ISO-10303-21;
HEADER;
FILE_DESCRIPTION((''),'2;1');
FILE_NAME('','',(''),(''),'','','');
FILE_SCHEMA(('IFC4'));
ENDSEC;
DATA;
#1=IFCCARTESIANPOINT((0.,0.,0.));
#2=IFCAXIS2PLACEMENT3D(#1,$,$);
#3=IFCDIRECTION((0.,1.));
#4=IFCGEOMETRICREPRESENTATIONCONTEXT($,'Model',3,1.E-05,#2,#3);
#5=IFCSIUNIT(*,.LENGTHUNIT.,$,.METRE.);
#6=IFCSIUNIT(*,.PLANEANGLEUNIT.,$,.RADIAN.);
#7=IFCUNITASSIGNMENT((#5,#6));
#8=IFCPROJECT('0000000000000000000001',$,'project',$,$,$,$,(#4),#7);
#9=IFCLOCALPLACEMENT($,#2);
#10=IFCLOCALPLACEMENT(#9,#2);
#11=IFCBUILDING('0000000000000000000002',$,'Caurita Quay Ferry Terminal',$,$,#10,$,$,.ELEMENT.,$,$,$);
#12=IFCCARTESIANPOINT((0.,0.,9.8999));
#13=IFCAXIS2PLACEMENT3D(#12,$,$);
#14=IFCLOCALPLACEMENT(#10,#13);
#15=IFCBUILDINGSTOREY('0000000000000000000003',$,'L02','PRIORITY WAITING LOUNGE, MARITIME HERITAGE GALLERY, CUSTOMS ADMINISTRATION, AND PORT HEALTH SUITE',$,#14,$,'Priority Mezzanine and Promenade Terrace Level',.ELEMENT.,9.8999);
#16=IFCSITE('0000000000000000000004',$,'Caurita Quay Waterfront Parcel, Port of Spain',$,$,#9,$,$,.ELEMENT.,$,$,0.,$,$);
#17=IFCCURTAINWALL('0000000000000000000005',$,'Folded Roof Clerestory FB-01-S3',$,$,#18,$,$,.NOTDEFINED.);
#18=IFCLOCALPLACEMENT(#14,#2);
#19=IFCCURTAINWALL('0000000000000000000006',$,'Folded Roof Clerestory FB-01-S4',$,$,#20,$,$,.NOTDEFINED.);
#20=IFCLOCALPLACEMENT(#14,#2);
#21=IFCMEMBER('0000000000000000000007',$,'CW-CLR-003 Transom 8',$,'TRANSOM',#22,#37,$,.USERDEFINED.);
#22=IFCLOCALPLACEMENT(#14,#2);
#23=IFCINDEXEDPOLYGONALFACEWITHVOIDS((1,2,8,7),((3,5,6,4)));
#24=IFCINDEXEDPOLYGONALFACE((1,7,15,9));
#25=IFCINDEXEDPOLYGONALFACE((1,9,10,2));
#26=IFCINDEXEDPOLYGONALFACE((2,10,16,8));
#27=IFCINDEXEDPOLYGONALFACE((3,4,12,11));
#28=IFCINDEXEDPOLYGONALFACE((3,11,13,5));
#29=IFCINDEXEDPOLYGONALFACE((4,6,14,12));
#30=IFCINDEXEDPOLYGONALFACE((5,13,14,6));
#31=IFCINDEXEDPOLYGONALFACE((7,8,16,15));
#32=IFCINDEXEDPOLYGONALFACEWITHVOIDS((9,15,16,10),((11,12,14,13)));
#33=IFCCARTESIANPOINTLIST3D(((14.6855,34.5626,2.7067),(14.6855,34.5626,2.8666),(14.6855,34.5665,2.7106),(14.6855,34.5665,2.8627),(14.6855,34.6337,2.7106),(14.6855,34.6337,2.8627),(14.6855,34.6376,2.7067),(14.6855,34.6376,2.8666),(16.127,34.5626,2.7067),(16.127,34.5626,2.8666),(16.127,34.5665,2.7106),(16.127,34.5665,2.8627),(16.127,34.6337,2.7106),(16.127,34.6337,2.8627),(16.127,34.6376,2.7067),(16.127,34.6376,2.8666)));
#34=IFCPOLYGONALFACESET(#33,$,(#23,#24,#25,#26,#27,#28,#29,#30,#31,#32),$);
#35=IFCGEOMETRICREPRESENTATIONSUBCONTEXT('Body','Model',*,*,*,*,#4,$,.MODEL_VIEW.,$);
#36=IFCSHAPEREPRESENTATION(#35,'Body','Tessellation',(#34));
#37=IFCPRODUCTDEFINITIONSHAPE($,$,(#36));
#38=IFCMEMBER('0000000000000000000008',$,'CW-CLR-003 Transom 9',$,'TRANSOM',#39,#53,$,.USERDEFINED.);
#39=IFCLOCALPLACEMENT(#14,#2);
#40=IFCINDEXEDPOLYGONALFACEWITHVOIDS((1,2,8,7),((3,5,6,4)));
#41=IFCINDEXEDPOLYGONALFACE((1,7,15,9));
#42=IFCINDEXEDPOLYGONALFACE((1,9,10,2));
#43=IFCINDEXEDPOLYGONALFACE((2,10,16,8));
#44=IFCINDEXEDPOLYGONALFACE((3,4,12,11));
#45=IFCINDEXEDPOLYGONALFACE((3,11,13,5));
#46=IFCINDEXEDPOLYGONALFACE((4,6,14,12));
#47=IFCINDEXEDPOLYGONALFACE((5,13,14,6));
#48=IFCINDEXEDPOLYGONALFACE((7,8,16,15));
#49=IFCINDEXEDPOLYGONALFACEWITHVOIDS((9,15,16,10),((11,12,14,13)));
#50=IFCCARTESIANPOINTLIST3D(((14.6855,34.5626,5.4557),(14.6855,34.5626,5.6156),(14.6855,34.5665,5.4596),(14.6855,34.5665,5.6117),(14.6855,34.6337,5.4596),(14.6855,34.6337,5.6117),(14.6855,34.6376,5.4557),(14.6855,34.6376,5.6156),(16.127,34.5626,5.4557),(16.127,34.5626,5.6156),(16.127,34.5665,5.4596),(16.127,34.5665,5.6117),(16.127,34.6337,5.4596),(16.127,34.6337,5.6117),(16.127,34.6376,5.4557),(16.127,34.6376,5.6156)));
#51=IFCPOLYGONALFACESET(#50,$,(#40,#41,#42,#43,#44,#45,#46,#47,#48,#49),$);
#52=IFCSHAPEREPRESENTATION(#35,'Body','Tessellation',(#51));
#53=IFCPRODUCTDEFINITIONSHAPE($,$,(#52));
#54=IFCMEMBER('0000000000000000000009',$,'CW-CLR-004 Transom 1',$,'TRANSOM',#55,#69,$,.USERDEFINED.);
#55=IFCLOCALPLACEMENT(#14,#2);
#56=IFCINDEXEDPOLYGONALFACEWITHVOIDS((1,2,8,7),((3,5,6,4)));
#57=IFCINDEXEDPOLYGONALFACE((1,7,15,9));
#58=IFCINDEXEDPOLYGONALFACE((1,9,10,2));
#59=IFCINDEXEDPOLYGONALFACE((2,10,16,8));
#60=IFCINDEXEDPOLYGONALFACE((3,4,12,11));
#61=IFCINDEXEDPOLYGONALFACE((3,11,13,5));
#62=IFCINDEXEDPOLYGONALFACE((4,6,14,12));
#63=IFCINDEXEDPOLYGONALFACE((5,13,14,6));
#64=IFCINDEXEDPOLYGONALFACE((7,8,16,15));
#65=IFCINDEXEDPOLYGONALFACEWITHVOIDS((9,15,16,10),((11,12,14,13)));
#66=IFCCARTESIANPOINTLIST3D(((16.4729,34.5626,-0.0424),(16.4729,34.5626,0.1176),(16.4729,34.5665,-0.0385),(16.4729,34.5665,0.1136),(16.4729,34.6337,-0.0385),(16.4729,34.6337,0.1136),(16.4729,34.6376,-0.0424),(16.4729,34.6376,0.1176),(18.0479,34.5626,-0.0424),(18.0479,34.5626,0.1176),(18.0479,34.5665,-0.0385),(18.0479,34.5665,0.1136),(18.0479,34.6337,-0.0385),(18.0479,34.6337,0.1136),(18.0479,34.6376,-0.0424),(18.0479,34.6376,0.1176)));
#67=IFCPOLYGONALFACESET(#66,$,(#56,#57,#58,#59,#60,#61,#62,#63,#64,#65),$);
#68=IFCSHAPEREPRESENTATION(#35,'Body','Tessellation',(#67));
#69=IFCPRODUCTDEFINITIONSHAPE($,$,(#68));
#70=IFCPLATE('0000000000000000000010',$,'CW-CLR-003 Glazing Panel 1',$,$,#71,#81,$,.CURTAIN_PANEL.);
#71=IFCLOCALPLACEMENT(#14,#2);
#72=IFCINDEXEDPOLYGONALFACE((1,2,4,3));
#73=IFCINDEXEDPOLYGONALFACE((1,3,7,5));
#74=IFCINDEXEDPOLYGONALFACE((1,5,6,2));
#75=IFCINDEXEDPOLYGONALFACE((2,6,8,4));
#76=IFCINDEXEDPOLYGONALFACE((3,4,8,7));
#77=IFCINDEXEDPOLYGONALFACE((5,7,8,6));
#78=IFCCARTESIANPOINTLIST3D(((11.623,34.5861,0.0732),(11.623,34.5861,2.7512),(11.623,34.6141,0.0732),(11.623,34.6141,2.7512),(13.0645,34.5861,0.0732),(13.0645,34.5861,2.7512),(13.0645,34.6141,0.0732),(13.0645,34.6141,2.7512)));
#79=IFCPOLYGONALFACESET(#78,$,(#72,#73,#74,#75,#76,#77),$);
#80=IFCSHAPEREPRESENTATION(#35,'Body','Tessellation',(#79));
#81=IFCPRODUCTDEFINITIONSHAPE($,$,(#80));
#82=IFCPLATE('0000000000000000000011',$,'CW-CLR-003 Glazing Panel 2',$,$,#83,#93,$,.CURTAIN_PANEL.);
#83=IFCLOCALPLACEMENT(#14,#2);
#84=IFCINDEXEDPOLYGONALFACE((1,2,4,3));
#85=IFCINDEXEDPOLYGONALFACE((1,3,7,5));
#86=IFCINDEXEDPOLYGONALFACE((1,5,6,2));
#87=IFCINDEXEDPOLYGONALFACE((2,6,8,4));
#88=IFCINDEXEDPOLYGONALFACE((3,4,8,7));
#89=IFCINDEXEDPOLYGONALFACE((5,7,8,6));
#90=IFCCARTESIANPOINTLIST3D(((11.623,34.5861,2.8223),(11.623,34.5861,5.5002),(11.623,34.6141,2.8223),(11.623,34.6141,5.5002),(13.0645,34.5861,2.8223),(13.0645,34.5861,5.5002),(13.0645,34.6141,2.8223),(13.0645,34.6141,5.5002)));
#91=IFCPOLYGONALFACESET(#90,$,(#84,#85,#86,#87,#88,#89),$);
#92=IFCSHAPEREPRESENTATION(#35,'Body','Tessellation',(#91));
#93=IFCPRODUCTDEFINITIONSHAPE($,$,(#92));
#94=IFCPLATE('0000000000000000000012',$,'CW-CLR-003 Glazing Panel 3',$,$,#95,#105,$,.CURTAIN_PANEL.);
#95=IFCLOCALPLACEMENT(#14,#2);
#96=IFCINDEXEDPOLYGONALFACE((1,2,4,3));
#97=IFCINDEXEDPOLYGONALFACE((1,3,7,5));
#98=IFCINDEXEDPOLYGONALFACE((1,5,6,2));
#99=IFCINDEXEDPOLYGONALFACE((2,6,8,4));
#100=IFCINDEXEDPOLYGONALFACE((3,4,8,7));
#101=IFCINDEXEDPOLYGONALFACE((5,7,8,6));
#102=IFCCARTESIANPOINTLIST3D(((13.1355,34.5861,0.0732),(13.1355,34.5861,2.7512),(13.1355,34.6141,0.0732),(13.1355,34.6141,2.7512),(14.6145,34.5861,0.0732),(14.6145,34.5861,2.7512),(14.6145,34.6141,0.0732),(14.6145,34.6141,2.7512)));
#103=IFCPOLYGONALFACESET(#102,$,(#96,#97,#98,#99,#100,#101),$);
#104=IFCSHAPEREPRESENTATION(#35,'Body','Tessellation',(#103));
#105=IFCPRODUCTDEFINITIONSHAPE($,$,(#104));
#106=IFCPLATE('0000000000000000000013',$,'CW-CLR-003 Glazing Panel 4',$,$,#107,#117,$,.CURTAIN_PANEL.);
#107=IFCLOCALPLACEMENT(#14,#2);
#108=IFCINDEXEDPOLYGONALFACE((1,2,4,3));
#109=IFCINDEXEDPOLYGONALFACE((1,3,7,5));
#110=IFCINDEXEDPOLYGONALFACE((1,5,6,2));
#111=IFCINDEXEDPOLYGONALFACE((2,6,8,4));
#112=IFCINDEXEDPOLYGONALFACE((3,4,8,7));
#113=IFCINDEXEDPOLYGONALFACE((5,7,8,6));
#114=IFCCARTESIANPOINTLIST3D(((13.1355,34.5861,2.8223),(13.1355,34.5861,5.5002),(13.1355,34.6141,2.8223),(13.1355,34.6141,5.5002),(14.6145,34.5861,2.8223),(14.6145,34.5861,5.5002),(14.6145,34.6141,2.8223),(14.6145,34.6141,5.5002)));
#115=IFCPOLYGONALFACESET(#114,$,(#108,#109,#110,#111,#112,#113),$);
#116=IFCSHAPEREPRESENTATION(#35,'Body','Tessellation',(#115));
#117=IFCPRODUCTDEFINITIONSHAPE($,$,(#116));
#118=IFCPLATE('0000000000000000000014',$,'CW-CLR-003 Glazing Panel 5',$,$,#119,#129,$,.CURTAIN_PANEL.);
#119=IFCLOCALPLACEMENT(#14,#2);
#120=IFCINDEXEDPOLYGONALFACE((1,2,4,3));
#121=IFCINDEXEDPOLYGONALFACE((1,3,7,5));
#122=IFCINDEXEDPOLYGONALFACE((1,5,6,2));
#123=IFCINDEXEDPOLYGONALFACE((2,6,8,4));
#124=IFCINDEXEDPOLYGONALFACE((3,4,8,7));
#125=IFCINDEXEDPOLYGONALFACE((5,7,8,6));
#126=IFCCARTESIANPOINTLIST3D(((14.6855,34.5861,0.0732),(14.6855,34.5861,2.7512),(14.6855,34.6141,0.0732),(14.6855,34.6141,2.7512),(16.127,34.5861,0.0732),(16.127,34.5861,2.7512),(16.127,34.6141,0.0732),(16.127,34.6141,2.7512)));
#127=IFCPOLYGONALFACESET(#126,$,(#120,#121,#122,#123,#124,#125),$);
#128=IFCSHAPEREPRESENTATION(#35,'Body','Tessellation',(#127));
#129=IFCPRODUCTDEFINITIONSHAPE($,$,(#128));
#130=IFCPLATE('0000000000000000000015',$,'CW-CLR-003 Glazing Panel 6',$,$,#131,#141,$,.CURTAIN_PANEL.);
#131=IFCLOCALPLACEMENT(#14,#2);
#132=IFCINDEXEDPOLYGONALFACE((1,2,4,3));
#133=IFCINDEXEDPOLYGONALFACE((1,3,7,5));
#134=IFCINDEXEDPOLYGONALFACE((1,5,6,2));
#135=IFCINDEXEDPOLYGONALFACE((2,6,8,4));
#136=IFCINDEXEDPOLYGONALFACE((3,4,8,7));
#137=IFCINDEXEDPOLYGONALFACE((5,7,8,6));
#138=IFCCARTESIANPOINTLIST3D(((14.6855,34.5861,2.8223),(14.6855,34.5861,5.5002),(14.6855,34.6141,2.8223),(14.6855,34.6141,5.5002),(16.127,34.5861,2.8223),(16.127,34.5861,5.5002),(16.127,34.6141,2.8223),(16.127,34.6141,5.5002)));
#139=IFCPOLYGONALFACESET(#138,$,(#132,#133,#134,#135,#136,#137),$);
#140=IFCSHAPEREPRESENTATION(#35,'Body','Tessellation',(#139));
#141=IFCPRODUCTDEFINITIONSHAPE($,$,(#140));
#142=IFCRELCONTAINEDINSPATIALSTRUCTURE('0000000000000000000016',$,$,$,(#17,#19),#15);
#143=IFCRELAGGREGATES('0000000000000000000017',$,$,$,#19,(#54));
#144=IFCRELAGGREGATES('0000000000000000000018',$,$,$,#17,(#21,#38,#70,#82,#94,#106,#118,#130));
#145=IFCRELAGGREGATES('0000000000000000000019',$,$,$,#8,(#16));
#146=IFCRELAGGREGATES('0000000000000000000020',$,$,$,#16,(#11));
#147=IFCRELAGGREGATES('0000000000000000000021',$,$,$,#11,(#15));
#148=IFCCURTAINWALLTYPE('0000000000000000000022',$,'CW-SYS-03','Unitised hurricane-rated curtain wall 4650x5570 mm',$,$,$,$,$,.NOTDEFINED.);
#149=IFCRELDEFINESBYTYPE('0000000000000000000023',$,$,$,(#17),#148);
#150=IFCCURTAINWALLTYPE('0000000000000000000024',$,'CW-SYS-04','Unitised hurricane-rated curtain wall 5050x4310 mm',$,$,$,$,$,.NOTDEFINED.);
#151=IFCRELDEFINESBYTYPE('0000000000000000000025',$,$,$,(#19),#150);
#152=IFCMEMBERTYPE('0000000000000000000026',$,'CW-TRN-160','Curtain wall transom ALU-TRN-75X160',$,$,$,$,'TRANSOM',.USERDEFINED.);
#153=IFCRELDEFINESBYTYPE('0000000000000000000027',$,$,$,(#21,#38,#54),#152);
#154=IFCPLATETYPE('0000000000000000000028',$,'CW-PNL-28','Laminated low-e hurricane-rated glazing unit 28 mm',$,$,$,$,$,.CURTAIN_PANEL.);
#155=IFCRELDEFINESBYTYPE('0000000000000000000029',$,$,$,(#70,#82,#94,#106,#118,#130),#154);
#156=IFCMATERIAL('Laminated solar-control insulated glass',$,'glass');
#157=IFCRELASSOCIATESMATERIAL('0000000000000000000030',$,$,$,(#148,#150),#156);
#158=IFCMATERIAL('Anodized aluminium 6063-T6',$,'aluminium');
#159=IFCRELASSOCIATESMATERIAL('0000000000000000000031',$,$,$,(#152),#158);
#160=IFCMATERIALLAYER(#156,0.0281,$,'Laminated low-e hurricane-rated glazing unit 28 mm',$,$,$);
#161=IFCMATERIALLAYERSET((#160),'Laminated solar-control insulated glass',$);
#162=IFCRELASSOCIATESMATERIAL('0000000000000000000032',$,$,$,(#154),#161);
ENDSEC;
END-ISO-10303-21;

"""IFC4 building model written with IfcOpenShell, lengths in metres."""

from ifc_helpers import new_model, si_unit, direction, frame, origin, origin_2d, place, context, subcontext, project, spatial, rectangle, hollow_rectangle, extrude, material, layer, layer_set, material_profile, profile_set, type_object, element, aggregate, save


model = new_model("IFC4")

# Units and contexts
model_context = context("Model", 3, precision=1e-05, world=origin(), true_north=direction((0.0, 1.0)))
body_context = subcontext(model_context, "Body", "Model", "MODEL_VIEW")
ifc_project = project(units=[si_unit("LENGTHUNIT", "METRE"), si_unit("PLANEANGLEUNIT", "RADIAN")], contexts=[model_context])

# Site, building, storey
site_placement = place(None, origin())
site = spatial("IfcSite", under=ifc_project, at=site_placement, Name="Caurita Quay Waterfront Parcel, Port of Spain", CompositionType="ELEMENT", RefElevation=0.0)
building_placement = place(site_placement, origin())
building = spatial("IfcBuilding", under=site, at=building_placement, Name="Caurita Quay Ferry Terminal", CompositionType="ELEMENT")
storey_placement = place(building_placement, frame((0.0, 0.0, 9.8999)))
storey = spatial("IfcBuildingStorey", under=building, at=storey_placement, Name="L02", Description="PRIORITY WAITING LOUNGE, MARITIME HERITAGE GALLERY, CUSTOMS ADMINISTRATION, AND PORT HEALTH SUITE", LongName="Priority Mezzanine and Promenade Terrace Level", CompositionType="ELEMENT", Elevation=9.8999)

# Curtain wall
ifc_material_1 = material(Name="Laminated solar-control insulated glass", Category="glass")
curtain_wall_type_1 = type_object("IfcCurtainWallType", Name="CW-SYS-03", Description="Unitised hurricane-rated curtain wall 4650x5570 mm", PredefinedType="NOTDEFINED", material=ifc_material_1)
curtain_wall_1_placement = place(storey_placement, origin())
curtain_wall_1 = element("IfcCurtainWall", 1, at=curtain_wall_1_placement, inside=storey, type_object=curtain_wall_type_1, Name="Folded Roof Clerestory FB-01-S3", PredefinedType="NOTDEFINED")
ifc_material_2 = material(Name="Anodized aluminium 6063-T6", Category="aluminium")

# Curtain wall
curtain_wall_type_2 = type_object("IfcCurtainWallType", Name="CW-SYS-04", Description="Unitised hurricane-rated curtain wall 5050x4310 mm", PredefinedType="NOTDEFINED", material=ifc_material_1)
curtain_wall_2_placement = place(storey_placement, origin())
curtain_wall_2 = element("IfcCurtainWall", 2, at=curtain_wall_2_placement, inside=storey, type_object=curtain_wall_type_2, Name="Folded Roof Clerestory FB-01-S4", PredefinedType="NOTDEFINED")

# Members
ifc_material_profile_1 = material_profile(ifc_material_2, hollow_rectangle(XDim=0.075, YDim=0.1599, WallThickness=0.0039, at=origin_2d()), Name="ALU-TRN-75X160")
ifc_profile_set_1 = profile_set([ifc_material_profile_1], Name="Anodized aluminium 6063-T6")
member_type_1 = type_object("IfcMemberType", Name="CW-TRN-160", Description="Curtain wall transom ALU-TRN-75X160", ElementType="TRANSOM", PredefinedType="USERDEFINED", material=ifc_profile_set_1)
member_1_placement = place(storey_placement, frame((14.6855, 34.6001, 2.7866), z_axis=(1.0, 0.0, 0.0), x_axis=(0.0, 1.0, 0.0)))
member_1 = element("IfcMember", 3, at=member_1_placement, type_object=member_type_1, Name="CW-CLR-003 Transom 8", ObjectType="TRANSOM", PredefinedType="USERDEFINED", context=body_context, shape_type="SweptSolid", body=[
    extrude(hollow_rectangle(XDim=0.075, YDim=0.1599, WallThickness=0.0039, at=origin_2d()), origin(), (0.0, 0.0, 1.0), 1.4414),
])
member_2_placement = place(storey_placement, frame((14.6855, 34.6001, 5.5356), z_axis=(1.0, 0.0, 0.0), x_axis=(0.0, 1.0, 0.0)))
member_2 = element("IfcMember", 4, at=member_2_placement, type_object=member_type_1, Name="CW-CLR-003 Transom 9", ObjectType="TRANSOM", PredefinedType="USERDEFINED", context=body_context, shape_type="SweptSolid", body=[
    extrude(hollow_rectangle(XDim=0.075, YDim=0.1599, WallThickness=0.0039, at=origin_2d()), origin(), (0.0, 0.0, 1.0), 1.4414),
])
member_3_placement = place(storey_placement, frame((16.4729, 34.6001, 0.0376), z_axis=(1.0, 0.0, 0.0), x_axis=(0.0, 1.0, 0.0)))
member_3 = element("IfcMember", 5, at=member_3_placement, type_object=member_type_1, Name="CW-CLR-004 Transom 1", ObjectType="TRANSOM", PredefinedType="USERDEFINED", context=body_context, shape_type="SweptSolid", body=[
    extrude(hollow_rectangle(XDim=0.075, YDim=0.1599, WallThickness=0.0039, at=origin_2d()), origin(), (0.0, 0.0, 1.0), 1.575),
])
aggregate(curtain_wall_2, [member_3])

# Plates
ifc_layer = layer(ifc_material_1, 0.0281, Name="Laminated low-e hurricane-rated glazing unit 28 mm")
ifc_layer_set = layer_set([ifc_layer], Name="Laminated solar-control insulated glass")
plate_type = type_object("IfcPlateType", Name="CW-PNL-28", Description="Laminated low-e hurricane-rated glazing unit 28 mm", PredefinedType="CURTAIN_PANEL", material=ifc_layer_set)
plate_1_placement = place(storey_placement, frame((12.3438, 34.6001, 0.0732), z_axis=(0.0, 0.0, 1.0), x_axis=(1.0, 0.0, 0.0)))
plate_1 = element("IfcPlate", 6, at=plate_1_placement, type_object=plate_type, Name="CW-CLR-003 Glazing Panel 1", PredefinedType="CURTAIN_PANEL", context=body_context, shape_type="SweptSolid", body=[
    extrude(rectangle(XDim=1.4414, YDim=0.0281, at=origin_2d()), origin(), (0.0, 0.0, 1.0), 2.678),
])
plate_2_placement = place(storey_placement, frame((12.3438, 34.6001, 2.8223), z_axis=(0.0, 0.0, 1.0), x_axis=(1.0, 0.0, 0.0)))
plate_2 = element("IfcPlate", 7, at=plate_2_placement, type_object=plate_type, Name="CW-CLR-003 Glazing Panel 2", PredefinedType="CURTAIN_PANEL", context=body_context, shape_type="SweptSolid", body=[
    extrude(rectangle(XDim=1.4414, YDim=0.0281, at=origin_2d()), origin(), (0.0, 0.0, 1.0), 2.678),
])
plate_3_placement = place(storey_placement, frame((13.875, 34.6001, 0.0732), z_axis=(0.0, 0.0, 1.0), x_axis=(1.0, 0.0, 0.0)))
plate_3 = element("IfcPlate", 8, at=plate_3_placement, type_object=plate_type, Name="CW-CLR-003 Glazing Panel 3", PredefinedType="CURTAIN_PANEL", context=body_context, shape_type="SweptSolid", body=[
    extrude(rectangle(XDim=1.479, YDim=0.0281, at=origin_2d()), origin(), (0.0, 0.0, 1.0), 2.678),
])
plate_4_placement = place(storey_placement, frame((13.875, 34.6001, 2.8223), z_axis=(0.0, 0.0, 1.0), x_axis=(1.0, 0.0, 0.0)))
plate_4 = element("IfcPlate", 9, at=plate_4_placement, type_object=plate_type, Name="CW-CLR-003 Glazing Panel 4", PredefinedType="CURTAIN_PANEL", context=body_context, shape_type="SweptSolid", body=[
    extrude(rectangle(XDim=1.479, YDim=0.0281, at=origin_2d()), origin(), (0.0, 0.0, 1.0), 2.678),
])
plate_5_placement = place(storey_placement, frame((15.4062, 34.6001, 0.0732), z_axis=(0.0, 0.0, 1.0), x_axis=(1.0, 0.0, 0.0)))
plate_5 = element("IfcPlate", 10, at=plate_5_placement, type_object=plate_type, Name="CW-CLR-003 Glazing Panel 5", PredefinedType="CURTAIN_PANEL", context=body_context, shape_type="SweptSolid", body=[
    extrude(rectangle(XDim=1.4414, YDim=0.0281, at=origin_2d()), origin(), (0.0, 0.0, 1.0), 2.678),
])
plate_6_placement = place(storey_placement, frame((15.4062, 34.6001, 2.8223), z_axis=(0.0, 0.0, 1.0), x_axis=(1.0, 0.0, 0.0)))
plate_6 = element("IfcPlate", 11, at=plate_6_placement, type_object=plate_type, Name="CW-CLR-003 Glazing Panel 6", PredefinedType="CURTAIN_PANEL", context=body_context, shape_type="SweptSolid", body=[
    extrude(rectangle(XDim=1.4414, YDim=0.0281, at=origin_2d()), origin(), (0.0, 0.0, 1.0), 2.678),
])
aggregate(curtain_wall_1, [member_1, member_2, plate_1, plate_2, plate_3, plate_4, plate_5, plate_6])

save(model, "model.ifc")
